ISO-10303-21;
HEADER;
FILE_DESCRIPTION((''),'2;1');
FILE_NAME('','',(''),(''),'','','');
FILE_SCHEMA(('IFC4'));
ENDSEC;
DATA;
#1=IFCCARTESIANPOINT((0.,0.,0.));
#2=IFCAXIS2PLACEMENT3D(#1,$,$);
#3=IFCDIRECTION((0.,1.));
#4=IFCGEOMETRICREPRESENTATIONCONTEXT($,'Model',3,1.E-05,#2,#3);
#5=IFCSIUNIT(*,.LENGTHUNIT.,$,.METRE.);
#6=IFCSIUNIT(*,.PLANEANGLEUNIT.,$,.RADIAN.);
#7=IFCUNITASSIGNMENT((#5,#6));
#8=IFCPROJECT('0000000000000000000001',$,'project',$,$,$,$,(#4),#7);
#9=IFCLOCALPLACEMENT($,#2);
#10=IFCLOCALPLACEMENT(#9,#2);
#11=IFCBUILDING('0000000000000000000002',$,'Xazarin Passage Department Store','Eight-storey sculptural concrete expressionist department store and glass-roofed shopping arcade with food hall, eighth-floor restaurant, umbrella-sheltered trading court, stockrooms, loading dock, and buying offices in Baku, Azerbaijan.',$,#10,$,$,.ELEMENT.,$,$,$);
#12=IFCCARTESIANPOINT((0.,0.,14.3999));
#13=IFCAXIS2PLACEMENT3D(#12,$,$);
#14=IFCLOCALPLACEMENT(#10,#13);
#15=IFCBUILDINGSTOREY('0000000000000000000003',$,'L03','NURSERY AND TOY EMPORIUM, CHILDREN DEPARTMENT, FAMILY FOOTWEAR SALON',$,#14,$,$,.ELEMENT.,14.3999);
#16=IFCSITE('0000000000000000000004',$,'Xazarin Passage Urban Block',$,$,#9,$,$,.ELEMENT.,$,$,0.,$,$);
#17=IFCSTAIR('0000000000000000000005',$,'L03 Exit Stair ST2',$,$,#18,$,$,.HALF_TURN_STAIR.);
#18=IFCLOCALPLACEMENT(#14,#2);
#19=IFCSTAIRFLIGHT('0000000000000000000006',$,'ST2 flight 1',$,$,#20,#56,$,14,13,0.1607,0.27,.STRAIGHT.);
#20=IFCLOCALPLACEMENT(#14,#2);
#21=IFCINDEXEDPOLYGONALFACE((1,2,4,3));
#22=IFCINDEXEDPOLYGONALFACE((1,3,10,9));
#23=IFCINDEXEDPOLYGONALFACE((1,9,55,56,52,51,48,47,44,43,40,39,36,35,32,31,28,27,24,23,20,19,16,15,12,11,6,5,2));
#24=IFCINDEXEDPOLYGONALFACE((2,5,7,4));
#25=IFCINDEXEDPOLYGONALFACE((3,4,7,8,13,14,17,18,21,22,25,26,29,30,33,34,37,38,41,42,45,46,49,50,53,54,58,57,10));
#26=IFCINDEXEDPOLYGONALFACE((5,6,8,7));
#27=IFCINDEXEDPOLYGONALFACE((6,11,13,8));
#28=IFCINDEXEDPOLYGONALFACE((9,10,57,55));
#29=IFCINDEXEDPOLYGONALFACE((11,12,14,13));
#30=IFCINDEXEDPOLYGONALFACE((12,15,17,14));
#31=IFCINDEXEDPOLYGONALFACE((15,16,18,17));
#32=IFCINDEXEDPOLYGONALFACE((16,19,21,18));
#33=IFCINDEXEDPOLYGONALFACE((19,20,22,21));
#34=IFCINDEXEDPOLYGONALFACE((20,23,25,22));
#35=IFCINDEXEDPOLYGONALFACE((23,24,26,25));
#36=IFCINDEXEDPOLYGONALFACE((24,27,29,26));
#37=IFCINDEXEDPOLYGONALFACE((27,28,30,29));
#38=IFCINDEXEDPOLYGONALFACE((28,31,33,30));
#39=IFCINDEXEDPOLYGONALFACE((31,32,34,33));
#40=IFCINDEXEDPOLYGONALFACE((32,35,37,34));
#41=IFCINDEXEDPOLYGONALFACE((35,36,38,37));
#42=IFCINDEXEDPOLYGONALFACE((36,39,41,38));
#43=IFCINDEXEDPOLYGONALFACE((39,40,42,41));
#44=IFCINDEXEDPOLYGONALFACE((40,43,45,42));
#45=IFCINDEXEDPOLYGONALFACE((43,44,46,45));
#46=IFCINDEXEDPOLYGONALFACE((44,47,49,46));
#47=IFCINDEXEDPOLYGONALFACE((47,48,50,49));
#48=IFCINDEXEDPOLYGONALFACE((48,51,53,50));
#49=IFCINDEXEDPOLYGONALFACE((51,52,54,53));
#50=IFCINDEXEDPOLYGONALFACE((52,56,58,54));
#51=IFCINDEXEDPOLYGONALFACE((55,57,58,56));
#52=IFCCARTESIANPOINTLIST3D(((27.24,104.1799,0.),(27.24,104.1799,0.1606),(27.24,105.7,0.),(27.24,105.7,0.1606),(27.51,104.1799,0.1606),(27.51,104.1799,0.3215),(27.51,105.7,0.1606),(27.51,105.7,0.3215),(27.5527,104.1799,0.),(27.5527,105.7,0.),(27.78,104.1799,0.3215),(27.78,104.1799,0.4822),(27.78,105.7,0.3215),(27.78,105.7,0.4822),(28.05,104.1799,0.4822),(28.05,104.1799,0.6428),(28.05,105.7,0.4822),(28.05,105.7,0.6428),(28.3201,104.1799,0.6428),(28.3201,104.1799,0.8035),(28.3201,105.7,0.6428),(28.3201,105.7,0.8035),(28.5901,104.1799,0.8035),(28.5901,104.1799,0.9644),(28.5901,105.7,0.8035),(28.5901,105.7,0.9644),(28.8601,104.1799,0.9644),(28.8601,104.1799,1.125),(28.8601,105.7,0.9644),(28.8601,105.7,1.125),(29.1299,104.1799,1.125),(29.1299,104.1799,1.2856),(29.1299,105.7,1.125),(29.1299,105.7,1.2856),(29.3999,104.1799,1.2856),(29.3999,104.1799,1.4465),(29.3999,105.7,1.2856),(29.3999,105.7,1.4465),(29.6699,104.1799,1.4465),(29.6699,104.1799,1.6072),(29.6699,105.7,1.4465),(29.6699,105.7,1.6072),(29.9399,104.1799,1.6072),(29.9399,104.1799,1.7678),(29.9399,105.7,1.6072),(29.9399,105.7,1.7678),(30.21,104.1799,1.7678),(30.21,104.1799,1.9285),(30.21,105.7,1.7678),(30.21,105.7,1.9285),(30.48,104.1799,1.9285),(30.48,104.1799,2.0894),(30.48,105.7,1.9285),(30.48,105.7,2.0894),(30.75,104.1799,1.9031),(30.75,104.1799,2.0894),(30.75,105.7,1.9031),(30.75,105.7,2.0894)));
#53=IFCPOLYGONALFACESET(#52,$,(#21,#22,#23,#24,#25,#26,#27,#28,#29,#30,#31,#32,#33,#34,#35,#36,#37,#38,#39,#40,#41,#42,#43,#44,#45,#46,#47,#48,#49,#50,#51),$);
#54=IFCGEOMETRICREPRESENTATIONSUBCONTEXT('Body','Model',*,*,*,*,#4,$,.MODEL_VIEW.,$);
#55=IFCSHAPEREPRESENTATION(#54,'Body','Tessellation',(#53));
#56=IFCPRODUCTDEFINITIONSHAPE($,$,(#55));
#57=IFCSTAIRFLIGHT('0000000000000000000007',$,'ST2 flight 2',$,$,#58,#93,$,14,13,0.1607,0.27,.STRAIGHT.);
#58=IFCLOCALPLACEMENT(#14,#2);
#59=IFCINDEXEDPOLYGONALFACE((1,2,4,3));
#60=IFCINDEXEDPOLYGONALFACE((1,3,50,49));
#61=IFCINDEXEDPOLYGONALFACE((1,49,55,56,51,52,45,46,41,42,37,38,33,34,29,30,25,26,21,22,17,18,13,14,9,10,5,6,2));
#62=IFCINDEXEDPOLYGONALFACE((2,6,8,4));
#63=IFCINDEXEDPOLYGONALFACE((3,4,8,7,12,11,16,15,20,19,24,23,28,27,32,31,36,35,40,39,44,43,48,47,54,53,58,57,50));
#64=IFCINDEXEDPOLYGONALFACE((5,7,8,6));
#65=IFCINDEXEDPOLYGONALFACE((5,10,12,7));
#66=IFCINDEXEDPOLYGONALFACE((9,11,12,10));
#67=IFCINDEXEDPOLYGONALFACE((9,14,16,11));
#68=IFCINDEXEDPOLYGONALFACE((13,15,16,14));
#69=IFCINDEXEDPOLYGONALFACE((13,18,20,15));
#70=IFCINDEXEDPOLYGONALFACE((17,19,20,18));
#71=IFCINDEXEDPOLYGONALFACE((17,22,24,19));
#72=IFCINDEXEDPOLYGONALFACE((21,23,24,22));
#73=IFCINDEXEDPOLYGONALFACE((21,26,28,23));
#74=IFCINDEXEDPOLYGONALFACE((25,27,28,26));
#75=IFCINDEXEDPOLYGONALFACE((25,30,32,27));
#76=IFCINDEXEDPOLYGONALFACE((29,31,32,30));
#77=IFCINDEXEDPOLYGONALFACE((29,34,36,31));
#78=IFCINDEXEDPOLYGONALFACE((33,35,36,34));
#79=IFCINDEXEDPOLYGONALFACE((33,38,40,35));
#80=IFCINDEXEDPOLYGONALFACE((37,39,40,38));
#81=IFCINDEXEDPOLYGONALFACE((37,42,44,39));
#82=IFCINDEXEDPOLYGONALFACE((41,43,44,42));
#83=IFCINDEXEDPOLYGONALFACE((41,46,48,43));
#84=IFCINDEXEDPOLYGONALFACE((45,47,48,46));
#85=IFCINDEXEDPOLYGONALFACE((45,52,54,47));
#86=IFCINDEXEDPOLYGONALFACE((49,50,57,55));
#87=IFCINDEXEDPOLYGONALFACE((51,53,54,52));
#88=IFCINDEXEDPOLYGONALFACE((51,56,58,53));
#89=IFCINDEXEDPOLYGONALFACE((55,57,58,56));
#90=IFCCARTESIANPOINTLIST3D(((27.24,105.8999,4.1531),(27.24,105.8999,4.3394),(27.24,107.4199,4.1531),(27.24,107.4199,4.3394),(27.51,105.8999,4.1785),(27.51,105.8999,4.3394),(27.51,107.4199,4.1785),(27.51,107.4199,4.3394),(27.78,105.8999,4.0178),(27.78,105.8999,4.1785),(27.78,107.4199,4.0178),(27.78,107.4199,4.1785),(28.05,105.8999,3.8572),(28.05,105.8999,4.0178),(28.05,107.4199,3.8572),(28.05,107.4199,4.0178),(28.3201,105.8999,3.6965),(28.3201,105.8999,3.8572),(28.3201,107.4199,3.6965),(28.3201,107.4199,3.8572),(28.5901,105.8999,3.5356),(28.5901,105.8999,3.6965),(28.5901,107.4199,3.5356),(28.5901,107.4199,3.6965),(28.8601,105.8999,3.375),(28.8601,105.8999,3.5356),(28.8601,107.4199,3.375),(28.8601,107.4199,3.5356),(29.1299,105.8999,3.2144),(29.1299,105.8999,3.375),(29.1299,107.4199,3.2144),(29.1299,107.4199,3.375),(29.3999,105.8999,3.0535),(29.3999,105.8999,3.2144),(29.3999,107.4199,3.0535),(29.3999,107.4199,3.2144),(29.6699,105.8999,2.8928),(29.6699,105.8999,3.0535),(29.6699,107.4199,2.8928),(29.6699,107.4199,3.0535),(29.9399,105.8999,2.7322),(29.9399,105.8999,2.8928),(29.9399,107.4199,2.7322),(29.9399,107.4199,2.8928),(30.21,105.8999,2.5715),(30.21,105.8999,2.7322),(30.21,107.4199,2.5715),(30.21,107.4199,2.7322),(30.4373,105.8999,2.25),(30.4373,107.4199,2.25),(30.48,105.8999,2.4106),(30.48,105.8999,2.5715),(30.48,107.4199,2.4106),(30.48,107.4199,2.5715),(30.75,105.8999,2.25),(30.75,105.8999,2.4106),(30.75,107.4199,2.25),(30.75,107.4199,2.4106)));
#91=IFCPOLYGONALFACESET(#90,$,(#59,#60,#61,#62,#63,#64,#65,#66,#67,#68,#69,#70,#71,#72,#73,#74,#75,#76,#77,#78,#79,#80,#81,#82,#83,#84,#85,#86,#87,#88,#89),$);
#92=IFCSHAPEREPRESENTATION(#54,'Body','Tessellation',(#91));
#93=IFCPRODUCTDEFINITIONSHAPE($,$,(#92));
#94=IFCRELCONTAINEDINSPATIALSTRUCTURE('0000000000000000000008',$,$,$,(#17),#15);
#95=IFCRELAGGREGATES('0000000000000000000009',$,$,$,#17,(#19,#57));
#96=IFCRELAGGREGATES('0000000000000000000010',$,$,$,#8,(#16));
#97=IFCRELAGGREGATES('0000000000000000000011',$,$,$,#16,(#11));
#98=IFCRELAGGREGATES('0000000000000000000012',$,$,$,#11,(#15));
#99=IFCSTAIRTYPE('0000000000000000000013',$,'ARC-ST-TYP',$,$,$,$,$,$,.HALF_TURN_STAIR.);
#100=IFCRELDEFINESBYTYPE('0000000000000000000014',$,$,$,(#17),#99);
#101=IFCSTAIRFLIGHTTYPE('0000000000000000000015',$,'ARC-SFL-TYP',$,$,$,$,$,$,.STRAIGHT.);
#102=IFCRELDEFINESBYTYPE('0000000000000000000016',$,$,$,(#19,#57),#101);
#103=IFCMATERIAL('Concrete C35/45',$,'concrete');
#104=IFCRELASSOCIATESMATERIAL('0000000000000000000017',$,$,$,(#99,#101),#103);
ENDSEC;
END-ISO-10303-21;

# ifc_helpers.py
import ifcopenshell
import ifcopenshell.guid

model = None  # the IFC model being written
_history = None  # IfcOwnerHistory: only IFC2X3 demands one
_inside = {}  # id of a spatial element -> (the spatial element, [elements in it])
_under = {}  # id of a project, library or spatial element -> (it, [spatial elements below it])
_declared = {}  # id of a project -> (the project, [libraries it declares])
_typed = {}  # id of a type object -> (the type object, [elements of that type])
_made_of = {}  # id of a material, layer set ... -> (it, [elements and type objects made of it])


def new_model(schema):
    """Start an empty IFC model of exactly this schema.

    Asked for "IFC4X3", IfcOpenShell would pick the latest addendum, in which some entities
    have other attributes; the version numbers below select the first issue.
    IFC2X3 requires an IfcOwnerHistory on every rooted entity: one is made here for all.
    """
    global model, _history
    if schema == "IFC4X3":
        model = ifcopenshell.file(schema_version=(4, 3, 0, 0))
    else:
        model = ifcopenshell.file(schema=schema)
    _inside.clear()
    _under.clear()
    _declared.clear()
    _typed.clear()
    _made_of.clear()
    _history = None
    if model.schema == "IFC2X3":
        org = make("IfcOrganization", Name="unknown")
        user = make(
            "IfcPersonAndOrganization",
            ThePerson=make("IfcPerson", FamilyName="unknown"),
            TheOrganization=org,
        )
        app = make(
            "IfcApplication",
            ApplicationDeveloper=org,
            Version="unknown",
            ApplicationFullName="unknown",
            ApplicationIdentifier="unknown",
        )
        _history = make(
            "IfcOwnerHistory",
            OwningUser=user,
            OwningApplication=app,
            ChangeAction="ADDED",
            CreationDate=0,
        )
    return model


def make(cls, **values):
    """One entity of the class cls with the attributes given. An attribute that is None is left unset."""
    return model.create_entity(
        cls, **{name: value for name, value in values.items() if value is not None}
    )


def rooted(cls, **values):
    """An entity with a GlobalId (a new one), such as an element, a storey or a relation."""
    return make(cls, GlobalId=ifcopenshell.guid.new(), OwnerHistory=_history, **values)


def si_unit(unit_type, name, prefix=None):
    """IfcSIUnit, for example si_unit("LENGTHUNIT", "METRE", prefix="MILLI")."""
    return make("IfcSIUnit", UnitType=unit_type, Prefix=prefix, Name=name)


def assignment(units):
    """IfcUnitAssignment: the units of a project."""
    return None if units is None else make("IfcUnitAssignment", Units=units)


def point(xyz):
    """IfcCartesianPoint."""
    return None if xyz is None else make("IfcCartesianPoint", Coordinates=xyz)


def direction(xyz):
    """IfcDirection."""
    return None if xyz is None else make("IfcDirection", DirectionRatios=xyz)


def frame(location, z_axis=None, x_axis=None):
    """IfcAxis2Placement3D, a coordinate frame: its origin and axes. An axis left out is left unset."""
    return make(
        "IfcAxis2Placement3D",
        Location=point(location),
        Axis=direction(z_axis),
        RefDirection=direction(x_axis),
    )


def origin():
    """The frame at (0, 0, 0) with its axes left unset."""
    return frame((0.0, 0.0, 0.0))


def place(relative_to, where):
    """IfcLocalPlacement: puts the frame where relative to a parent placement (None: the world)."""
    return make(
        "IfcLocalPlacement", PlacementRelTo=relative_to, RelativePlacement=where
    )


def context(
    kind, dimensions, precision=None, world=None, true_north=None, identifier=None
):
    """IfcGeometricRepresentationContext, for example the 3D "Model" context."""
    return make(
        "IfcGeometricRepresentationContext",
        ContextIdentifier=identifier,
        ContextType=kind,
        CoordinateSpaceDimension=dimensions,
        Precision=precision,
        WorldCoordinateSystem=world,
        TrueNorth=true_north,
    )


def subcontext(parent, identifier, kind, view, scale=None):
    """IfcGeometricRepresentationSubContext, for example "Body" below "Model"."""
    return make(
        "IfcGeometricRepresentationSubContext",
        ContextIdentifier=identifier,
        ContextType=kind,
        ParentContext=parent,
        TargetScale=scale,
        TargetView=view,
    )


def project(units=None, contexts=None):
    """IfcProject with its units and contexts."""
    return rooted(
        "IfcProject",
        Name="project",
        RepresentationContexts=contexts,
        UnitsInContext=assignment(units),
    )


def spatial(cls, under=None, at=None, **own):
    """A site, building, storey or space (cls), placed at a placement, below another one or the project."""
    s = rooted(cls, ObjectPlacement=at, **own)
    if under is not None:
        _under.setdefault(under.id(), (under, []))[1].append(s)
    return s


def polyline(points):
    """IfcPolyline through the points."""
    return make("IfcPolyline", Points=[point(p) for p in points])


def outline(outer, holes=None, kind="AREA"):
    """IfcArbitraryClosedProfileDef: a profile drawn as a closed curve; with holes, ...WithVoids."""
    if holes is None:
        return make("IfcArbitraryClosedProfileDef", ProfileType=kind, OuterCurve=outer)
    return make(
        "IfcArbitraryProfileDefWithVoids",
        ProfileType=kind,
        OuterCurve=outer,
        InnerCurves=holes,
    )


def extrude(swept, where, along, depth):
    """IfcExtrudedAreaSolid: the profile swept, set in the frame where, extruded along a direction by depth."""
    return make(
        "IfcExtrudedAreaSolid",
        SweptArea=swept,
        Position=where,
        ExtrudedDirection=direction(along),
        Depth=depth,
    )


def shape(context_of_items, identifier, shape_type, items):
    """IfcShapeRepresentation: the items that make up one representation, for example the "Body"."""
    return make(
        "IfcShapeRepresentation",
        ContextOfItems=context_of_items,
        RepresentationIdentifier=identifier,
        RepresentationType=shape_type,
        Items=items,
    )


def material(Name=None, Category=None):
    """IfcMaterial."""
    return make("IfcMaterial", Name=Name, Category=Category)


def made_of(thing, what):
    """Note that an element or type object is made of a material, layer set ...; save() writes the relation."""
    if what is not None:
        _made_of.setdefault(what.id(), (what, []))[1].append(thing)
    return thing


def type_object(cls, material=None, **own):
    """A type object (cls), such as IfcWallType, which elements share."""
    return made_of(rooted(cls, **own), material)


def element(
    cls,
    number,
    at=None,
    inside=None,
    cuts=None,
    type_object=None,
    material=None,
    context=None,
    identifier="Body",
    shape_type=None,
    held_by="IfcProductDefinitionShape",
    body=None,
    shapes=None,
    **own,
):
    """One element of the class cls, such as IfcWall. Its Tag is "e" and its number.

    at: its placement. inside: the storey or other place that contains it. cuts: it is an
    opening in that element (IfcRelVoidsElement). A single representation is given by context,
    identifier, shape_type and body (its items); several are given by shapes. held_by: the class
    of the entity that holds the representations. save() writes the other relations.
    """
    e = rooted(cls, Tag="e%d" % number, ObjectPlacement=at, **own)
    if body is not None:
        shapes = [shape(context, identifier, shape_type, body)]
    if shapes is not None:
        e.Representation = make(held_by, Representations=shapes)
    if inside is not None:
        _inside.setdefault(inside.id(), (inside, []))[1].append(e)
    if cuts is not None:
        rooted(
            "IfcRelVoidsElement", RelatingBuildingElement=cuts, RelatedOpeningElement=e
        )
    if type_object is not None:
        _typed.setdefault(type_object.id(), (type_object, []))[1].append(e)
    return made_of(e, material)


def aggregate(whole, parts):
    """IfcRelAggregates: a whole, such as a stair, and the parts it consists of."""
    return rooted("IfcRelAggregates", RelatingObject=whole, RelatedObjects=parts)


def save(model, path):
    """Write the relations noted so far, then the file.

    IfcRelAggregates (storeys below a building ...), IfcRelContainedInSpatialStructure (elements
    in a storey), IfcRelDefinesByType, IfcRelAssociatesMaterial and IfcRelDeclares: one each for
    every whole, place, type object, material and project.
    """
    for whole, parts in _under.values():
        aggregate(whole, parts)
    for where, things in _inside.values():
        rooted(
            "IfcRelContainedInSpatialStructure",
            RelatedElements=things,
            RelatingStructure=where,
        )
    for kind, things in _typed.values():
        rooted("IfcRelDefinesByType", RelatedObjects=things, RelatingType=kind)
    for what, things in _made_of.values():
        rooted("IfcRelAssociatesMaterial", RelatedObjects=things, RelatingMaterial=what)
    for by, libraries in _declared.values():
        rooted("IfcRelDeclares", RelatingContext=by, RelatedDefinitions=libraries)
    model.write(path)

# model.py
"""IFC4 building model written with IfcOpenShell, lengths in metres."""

from ifc_helpers import new_model, si_unit, direction, frame, origin, place, context, subcontext, project, spatial, polyline, outline, extrude, material, type_object, element, aggregate, save


model = new_model("IFC4")

# Units and contexts
model_context = context("Model", 3, precision=1e-05, world=origin(), true_north=direction((0.0, 1.0)))
body_context = subcontext(model_context, "Body", "Model", "MODEL_VIEW")
ifc_project = project(units=[si_unit("LENGTHUNIT", "METRE"), si_unit("PLANEANGLEUNIT", "RADIAN")], contexts=[model_context])

# Site, building, storey
site_placement = place(None, origin())
site = spatial("IfcSite", under=ifc_project, at=site_placement, Name="Xazarin Passage Urban Block", CompositionType="ELEMENT", RefElevation=0.0)
building_placement = place(site_placement, origin())
building = spatial("IfcBuilding", under=site, at=building_placement, Name="Xazarin Passage Department Store", Description="Eight-storey sculptural concrete expressionist department store and glass-roofed shopping arcade with food hall, eighth-floor restaurant, umbrella-sheltered trading court, stockrooms, loading dock, and buying offices in Baku, Azerbaijan.", CompositionType="ELEMENT")
storey_placement = place(building_placement, frame((0.0, 0.0, 14.3999)))
storey = spatial("IfcBuildingStorey", under=building, at=storey_placement, Name="L03", Description="NURSERY AND TOY EMPORIUM, CHILDREN DEPARTMENT, FAMILY FOOTWEAR SALON", CompositionType="ELEMENT", Elevation=14.3999)

# Shared definitions
ifc_material_1 = material(Name="Concrete C35/45", Category="concrete")

# Stair, stair flights
stair_type = type_object("IfcStairType", Name="ARC-ST-TYP", PredefinedType="HALF_TURN_STAIR", material=ifc_material_1)
stair_placement = place(storey_placement, origin())
stair = element("IfcStair", 1, at=stair_placement, inside=storey, type_object=stair_type, Name="L03 Exit Stair ST2", PredefinedType="HALF_TURN_STAIR")
stair_flight_type = type_object("IfcStairFlightType", Name="ARC-SFL-TYP", PredefinedType="STRAIGHT", material=ifc_material_1)
stair_flight_1_placement = place(storey_placement, frame((27.24, 104.9399, 0.0), z_axis=(0.0, 0.0, 1.0), x_axis=(1.0, 0.0, 0.0)))
stair_flight_1 = element("IfcStairFlight", 2, at=stair_flight_1_placement, type_object=stair_flight_type, Name="ST2 flight 1", NumberOfRisers=14, NumberOfTreads=13, PredefinedType="STRAIGHT", RiserHeight=0.1607, TreadLength=0.27, context=body_context, shape_type="SweptSolid", body=[
    extrude(outline(polyline([(0.0, 0.0), (0.0, 0.1606), (0.27, 0.1606), (0.27, 0.3215), (0.54, 0.3215), (0.54, 0.4822), (0.8101, 0.4822), (0.8101, 0.6428), (1.0801, 0.6428), (1.0801, 0.8035), (1.3501, 0.8035), (1.3501, 0.9644), (1.6201, 0.9644), (1.6201, 1.125), (1.8899, 1.125), (1.8899, 1.2856), (2.1599, 1.2856), (2.1599, 1.4465), (2.4299, 1.4465), (2.4299, 1.6072), (2.7, 1.6072), (2.7, 1.7678), (2.97, 1.7678), (2.97, 1.9285), (3.24, 1.9285), (3.24, 2.0894), (3.51, 2.0894), (3.51, 2.25), (3.51, 1.9031), (0.3127, 0.0), (0.0, 0.0)])), frame((0.0, 0.76, 0.0), z_axis=(0.0, -1.0, 0.0), x_axis=(1.0, 0.0, 0.0)), (0.0, 0.0, 1.0), 1.52),
])
stair_flight_2_placement = place(storey_placement, frame((30.75, 106.6599, 2.25), z_axis=(0.0, 0.0, 1.0), x_axis=(-1.0, 0.0, 0.0)))
stair_flight_2 = element("IfcStairFlight", 3, at=stair_flight_2_placement, type_object=stair_flight_type, Name="ST2 flight 2", NumberOfRisers=14, NumberOfTreads=13, PredefinedType="STRAIGHT", RiserHeight=0.1607, TreadLength=0.27, context=body_context, shape_type="SweptSolid", body=[
    extrude(outline(polyline([(0.0, 0.0), (0.0, 0.1606), (0.27, 0.1606), (0.27, 0.3215), (0.54, 0.3215), (0.54, 0.4822), (0.8101, 0.4822), (0.8101, 0.6428), (1.0801, 0.6428), (1.0801, 0.8035), (1.3501, 0.8035), (1.3501, 0.9644), (1.6201, 0.9644), (1.6201, 1.125), (1.8899, 1.125), (1.8899, 1.2856), (2.1599, 1.2856), (2.1599, 1.4465), (2.4299, 1.4465), (2.4299, 1.6072), (2.7, 1.6072), (2.7, 1.7678), (2.97, 1.7678), (2.97, 1.9285), (3.24, 1.9285), (3.24, 2.0894), (3.51, 2.0894), (3.51, 2.25), (3.51, 1.9031), (0.3127, 0.0), (0.0, 0.0)])), frame((0.0, 0.76, 0.0), z_axis=(0.0, -1.0, 0.0), x_axis=(1.0, 0.0, 0.0)), (0.0, 0.0, 1.0), 1.52),
])
aggregate(stair, [stair_flight_1, stair_flight_2])

save(model, "model.ifc")
